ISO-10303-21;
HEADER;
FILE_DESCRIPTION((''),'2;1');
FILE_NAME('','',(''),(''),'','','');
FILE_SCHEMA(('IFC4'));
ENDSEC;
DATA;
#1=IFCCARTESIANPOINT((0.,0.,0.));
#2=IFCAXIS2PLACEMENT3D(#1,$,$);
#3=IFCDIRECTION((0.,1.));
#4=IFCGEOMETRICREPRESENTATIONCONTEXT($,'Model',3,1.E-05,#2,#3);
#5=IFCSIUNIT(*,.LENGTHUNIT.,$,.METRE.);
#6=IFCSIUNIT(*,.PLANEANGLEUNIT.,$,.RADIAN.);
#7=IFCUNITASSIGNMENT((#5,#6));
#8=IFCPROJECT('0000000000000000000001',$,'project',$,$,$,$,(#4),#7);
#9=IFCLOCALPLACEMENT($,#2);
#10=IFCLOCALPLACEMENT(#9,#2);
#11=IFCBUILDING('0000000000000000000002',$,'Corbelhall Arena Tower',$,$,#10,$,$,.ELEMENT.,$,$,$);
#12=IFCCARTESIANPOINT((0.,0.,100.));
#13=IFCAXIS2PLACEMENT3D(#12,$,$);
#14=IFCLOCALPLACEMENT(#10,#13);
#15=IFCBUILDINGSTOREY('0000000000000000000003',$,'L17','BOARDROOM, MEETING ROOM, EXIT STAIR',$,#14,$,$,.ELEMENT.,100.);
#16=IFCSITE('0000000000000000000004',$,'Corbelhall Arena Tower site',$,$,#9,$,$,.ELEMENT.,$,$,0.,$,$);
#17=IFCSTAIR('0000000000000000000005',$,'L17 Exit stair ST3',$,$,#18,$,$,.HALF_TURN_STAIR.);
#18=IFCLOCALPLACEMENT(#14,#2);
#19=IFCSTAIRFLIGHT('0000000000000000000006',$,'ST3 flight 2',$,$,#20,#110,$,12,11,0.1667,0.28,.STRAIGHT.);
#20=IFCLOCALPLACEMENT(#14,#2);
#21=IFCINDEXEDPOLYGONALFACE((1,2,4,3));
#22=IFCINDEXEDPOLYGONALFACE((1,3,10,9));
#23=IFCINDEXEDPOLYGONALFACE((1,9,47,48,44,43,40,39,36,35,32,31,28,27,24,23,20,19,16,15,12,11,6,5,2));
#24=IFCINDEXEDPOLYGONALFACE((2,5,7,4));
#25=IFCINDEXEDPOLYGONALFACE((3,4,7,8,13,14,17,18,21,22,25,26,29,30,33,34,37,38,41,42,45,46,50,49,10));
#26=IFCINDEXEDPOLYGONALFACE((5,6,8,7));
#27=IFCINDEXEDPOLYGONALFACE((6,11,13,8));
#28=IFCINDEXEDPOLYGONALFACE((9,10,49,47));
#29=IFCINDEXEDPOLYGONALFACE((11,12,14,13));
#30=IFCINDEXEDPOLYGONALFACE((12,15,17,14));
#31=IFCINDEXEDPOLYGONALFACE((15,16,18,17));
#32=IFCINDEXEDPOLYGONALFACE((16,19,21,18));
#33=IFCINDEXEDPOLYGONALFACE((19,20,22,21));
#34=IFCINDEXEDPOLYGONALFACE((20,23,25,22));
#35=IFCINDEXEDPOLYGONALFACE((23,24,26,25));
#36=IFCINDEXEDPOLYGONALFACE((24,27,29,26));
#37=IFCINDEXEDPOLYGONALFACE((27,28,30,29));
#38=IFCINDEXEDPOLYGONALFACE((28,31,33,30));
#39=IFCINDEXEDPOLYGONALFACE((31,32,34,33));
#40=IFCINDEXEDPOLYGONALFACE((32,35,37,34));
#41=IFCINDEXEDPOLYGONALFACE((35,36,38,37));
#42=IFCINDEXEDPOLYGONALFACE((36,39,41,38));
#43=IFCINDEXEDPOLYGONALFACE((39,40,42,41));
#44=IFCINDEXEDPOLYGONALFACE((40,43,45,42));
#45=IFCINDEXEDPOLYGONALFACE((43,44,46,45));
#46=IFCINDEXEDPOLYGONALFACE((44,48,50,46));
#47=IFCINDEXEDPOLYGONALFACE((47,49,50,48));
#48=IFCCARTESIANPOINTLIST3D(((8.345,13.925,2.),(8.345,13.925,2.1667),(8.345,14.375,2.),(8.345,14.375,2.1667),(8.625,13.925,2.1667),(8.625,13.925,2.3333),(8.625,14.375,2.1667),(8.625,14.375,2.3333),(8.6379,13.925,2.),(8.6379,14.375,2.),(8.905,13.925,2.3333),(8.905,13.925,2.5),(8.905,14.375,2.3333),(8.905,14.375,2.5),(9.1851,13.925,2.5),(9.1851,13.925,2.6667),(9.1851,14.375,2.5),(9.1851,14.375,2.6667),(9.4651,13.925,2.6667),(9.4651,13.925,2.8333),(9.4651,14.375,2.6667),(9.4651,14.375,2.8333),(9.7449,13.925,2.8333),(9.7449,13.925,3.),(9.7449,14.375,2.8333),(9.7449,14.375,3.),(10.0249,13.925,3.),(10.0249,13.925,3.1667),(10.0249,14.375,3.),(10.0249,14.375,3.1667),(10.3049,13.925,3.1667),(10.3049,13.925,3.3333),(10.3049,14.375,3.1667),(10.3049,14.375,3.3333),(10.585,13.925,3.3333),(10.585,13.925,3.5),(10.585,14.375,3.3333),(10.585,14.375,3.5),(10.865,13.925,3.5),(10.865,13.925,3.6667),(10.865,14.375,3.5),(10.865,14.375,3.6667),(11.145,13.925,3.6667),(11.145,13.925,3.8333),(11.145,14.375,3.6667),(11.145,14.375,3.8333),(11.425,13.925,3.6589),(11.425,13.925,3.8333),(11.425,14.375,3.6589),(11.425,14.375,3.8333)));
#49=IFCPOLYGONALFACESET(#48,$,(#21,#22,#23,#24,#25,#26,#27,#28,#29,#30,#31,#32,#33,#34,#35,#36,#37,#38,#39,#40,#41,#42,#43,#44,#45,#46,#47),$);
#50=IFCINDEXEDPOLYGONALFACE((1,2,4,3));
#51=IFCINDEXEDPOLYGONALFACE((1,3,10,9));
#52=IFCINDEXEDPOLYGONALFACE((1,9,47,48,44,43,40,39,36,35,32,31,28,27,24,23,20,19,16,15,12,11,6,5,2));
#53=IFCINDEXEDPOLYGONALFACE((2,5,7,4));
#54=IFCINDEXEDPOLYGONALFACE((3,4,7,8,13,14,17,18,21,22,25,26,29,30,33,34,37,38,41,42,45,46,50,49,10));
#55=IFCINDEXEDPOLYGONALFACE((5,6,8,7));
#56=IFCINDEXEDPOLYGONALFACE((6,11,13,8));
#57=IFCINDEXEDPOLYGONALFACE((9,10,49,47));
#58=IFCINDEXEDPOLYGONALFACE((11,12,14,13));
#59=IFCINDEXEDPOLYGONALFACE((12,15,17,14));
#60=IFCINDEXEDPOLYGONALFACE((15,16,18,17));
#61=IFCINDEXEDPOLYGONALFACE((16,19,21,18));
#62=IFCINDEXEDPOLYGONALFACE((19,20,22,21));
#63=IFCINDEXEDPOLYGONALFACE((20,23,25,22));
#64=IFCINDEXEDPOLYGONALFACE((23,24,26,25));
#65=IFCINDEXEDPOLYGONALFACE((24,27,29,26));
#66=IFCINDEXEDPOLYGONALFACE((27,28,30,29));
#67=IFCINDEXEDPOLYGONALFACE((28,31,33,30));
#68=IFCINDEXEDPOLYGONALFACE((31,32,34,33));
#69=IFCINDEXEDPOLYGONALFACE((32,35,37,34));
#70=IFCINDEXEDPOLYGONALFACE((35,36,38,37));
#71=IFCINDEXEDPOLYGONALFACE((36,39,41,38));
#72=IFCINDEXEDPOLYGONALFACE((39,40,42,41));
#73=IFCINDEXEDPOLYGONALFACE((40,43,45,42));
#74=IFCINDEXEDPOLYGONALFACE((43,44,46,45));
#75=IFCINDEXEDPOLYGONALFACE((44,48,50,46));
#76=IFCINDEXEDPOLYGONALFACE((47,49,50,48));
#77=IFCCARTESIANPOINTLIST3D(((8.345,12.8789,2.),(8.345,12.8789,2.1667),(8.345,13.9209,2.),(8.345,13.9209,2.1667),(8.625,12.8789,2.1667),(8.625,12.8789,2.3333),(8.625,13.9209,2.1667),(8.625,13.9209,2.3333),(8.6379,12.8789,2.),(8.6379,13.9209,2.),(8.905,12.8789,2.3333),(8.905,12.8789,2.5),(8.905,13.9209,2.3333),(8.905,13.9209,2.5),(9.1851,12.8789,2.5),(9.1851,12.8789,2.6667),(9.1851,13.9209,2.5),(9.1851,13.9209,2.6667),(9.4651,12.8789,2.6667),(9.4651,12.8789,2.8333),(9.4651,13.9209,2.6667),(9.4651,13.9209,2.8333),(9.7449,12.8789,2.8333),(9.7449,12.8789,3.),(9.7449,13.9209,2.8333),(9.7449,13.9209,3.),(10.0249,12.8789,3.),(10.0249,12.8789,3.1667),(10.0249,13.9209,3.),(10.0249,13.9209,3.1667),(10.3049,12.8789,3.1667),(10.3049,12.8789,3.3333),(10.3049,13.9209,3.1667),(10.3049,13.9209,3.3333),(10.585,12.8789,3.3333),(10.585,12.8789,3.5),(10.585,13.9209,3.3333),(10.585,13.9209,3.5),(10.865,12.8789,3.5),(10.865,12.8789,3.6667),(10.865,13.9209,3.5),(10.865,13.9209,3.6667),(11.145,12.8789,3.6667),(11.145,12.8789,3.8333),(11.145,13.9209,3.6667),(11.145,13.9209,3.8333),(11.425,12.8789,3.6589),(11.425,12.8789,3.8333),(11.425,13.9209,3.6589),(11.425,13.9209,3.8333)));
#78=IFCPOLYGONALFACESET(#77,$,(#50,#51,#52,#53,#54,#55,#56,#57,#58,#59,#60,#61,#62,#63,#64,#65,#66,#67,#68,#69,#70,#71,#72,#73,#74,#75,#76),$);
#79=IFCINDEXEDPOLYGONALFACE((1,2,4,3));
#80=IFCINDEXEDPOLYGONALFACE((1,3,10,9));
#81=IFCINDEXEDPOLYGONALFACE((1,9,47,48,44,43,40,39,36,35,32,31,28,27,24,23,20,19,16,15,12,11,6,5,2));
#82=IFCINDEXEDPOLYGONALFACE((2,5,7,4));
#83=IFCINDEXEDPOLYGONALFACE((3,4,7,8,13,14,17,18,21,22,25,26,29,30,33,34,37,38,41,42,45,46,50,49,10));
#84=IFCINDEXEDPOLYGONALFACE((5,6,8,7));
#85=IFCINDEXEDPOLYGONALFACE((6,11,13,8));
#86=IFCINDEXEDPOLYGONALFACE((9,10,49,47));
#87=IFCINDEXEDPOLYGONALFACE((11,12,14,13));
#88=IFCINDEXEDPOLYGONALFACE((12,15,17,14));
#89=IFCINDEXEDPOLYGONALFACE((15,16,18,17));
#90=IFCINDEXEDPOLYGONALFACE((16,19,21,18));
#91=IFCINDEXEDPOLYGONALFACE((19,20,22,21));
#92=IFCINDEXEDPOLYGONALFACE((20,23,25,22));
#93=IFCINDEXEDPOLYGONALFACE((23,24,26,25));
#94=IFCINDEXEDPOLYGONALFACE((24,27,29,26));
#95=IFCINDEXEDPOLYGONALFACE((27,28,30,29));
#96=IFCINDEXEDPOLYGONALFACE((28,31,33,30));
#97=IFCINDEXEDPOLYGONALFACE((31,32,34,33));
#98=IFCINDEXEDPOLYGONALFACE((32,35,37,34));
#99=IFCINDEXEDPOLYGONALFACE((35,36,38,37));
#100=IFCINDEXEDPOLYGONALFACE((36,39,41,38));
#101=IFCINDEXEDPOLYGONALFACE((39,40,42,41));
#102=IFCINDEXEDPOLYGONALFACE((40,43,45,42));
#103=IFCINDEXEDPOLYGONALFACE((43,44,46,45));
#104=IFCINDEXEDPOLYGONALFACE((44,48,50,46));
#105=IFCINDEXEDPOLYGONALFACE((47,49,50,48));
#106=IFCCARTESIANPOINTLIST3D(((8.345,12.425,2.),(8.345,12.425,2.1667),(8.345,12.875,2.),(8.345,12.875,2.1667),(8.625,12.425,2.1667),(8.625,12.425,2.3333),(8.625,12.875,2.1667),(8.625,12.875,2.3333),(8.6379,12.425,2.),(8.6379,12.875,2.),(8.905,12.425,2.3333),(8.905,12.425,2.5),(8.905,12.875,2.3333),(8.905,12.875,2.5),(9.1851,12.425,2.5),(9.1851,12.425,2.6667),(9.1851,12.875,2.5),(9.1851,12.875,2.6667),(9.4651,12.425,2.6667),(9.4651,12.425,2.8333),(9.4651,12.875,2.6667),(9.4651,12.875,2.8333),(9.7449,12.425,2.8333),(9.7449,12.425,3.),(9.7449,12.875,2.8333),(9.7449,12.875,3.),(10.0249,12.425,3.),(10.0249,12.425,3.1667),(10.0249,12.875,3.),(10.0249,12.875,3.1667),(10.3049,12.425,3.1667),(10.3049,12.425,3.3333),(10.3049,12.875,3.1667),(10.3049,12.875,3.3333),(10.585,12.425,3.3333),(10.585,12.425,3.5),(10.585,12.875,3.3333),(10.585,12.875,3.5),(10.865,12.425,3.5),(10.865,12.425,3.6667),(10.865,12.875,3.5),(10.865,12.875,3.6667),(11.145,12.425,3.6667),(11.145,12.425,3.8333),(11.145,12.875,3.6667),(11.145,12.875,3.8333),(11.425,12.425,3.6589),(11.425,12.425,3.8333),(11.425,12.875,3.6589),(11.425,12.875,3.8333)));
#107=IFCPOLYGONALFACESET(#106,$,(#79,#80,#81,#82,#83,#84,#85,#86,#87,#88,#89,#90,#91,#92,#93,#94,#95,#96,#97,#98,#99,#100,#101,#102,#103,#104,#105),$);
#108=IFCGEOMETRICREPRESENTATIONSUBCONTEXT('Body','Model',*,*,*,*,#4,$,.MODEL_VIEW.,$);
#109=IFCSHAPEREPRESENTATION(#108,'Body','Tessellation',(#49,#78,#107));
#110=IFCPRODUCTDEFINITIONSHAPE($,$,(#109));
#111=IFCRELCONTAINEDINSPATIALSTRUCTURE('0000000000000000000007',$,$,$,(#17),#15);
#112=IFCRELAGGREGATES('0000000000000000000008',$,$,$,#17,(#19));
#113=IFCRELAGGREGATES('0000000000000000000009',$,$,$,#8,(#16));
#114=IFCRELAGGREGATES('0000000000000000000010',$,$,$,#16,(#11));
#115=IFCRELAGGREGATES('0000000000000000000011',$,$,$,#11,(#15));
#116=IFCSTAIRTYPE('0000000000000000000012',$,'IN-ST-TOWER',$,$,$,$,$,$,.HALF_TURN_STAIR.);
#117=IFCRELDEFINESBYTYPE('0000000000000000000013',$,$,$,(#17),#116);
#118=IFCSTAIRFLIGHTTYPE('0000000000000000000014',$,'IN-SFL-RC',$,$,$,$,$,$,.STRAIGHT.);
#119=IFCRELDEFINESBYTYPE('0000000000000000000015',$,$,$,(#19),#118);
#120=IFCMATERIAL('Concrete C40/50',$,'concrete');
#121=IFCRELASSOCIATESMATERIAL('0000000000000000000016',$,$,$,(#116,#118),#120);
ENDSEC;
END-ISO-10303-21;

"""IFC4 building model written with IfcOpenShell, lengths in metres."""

from ifc_helpers import new_model, si_unit, direction, frame, origin, place, context, subcontext, project, spatial, polyline, outline, extrude, material, type_object, element, aggregate, save


model = new_model("IFC4")

# Units and contexts
model_context = context("Model", 3, precision=1e-05, world=origin(), true_north=direction((0.0, 1.0)))
body_context = subcontext(model_context, "Body", "Model", "MODEL_VIEW")
ifc_project = project(units=[si_unit("LENGTHUNIT", "METRE"), si_unit("PLANEANGLEUNIT", "RADIAN")], contexts=[model_context])

# Site, building, storey
site_placement = place(None, origin())
site = spatial("IfcSite", under=ifc_project, at=site_placement, Name="Corbelhall Arena Tower site", CompositionType="ELEMENT", RefElevation=0.0)
building_placement = place(site_placement, origin())
building = spatial("IfcBuilding", under=site, at=building_placement, Name="Corbelhall Arena Tower", CompositionType="ELEMENT")
storey_placement = place(building_placement, frame((0.0, 0.0, 100.0)))
storey = spatial("IfcBuildingStorey", under=building, at=storey_placement, Name="L17", Description="BOARDROOM, MEETING ROOM, EXIT STAIR", CompositionType="ELEMENT", Elevation=100.0)

# Shared definitions
ifc_material_1 = material(Name="Concrete C40/50", Category="concrete")

# Stair, stair flight
stair_type = type_object("IfcStairType", Name="IN-ST-TOWER", PredefinedType="HALF_TURN_STAIR", material=ifc_material_1)
stair_placement = place(storey_placement, origin())
stair = element("IfcStair", 1, at=stair_placement, inside=storey, type_object=stair_type, Name="L17 Exit stair ST3", PredefinedType="HALF_TURN_STAIR")
stair_flight_type = type_object("IfcStairFlightType", Name="IN-SFL-RC", PredefinedType="STRAIGHT", material=ifc_material_1)
stair_flight_1_placement = place(storey_placement, frame((8.345, 13.3999, 2.0), z_axis=(0.0, 0.0, 1.0), x_axis=(1.0, 0.0, 0.0)))
stair_flight_1 = element("IfcStairFlight", 2, at=stair_flight_1_placement, type_object=stair_flight_type, Name="ST3 flight 2", NumberOfRisers=12, NumberOfTreads=11, PredefinedType="STRAIGHT", RiserHeight=0.1667, TreadLength=0.28, context=body_context, shape_type="SweptSolid", body=[
    extrude(outline(polyline([(0.0, 0.0), (0.0, 0.1667), (0.28, 0.1667), (0.28, 0.3333), (0.5601, 0.3333), (0.5601, 0.5), (0.8401, 0.5), (0.8401, 0.6667), (1.1201, 0.6667), (1.1201, 0.8333), (1.3999, 0.8333), (1.3999, 1.0), (1.6799, 1.0), (1.6799, 1.1667), (1.96, 1.1667), (1.96, 1.3333), (2.24, 1.3333), (2.24, 1.5), (2.52, 1.5), (2.52, 1.6667), (2.8, 1.6667), (2.8, 1.8333), (3.0801, 1.8333), (3.0801, 2.0), (3.0801, 1.6589), (0.293, 0.0), (0.0, 0.0)])), frame((0.0, 0.9751, 0.0), z_axis=(0.0, -1.0, 0.0), x_axis=(1.0, 0.0, 0.0)), (0.0, 0.0, 1.0), 0.45),
    extrude(outline(polyline([(0.0, 0.0), (0.0, 0.1667), (0.28, 0.1667), (0.28, 0.3333), (0.5601, 0.3333), (0.5601, 0.5), (0.8401, 0.5), (0.8401, 0.6667), (1.1201, 0.6667), (1.1201, 0.8333), (1.3999, 0.8333), (1.3999, 1.0), (1.6799, 1.0), (1.6799, 1.1667), (1.96, 1.1667), (1.96, 1.3333), (2.24, 1.3333), (2.24, 1.5), (2.52, 1.5), (2.52, 1.6667), (2.8, 1.6667), (2.8, 1.8333), (3.0801, 1.8333), (3.0801, 2.0), (3.0801, 1.6589), (0.293, 0.0), (0.0, 0.0)])), frame((0.0, 0.521, 0.0), z_axis=(0.0, -1.0, 0.0), x_axis=(1.0, 0.0, 0.0)), (0.0, 0.0, 1.0), 1.042),
    extrude(outline(polyline([(0.0, 0.0), (0.0, 0.1667), (0.28, 0.1667), (0.28, 0.3333), (0.5601, 0.3333), (0.5601, 0.5), (0.8401, 0.5), (0.8401, 0.6667), (1.1201, 0.6667), (1.1201, 0.8333), (1.3999, 0.8333), (1.3999, 1.0), (1.6799, 1.0), (1.6799, 1.1667), (1.96, 1.1667), (1.96, 1.3333), (2.24, 1.3333), (2.24, 1.5), (2.52, 1.5), (2.52, 1.6667), (2.8, 1.6667), (2.8, 1.8333), (3.0801, 1.8333), (3.0801, 2.0), (3.0801, 1.6589), (0.293, 0.0), (0.0, 0.0)])), frame((0.0, -0.5249, 0.0), z_axis=(0.0, -1.0, 0.0), x_axis=(1.0, 0.0, 0.0)), (0.0, 0.0, 1.0), 0.45),
])
aggregate(stair, [stair_flight_1])

save(model, "model.ifc")
